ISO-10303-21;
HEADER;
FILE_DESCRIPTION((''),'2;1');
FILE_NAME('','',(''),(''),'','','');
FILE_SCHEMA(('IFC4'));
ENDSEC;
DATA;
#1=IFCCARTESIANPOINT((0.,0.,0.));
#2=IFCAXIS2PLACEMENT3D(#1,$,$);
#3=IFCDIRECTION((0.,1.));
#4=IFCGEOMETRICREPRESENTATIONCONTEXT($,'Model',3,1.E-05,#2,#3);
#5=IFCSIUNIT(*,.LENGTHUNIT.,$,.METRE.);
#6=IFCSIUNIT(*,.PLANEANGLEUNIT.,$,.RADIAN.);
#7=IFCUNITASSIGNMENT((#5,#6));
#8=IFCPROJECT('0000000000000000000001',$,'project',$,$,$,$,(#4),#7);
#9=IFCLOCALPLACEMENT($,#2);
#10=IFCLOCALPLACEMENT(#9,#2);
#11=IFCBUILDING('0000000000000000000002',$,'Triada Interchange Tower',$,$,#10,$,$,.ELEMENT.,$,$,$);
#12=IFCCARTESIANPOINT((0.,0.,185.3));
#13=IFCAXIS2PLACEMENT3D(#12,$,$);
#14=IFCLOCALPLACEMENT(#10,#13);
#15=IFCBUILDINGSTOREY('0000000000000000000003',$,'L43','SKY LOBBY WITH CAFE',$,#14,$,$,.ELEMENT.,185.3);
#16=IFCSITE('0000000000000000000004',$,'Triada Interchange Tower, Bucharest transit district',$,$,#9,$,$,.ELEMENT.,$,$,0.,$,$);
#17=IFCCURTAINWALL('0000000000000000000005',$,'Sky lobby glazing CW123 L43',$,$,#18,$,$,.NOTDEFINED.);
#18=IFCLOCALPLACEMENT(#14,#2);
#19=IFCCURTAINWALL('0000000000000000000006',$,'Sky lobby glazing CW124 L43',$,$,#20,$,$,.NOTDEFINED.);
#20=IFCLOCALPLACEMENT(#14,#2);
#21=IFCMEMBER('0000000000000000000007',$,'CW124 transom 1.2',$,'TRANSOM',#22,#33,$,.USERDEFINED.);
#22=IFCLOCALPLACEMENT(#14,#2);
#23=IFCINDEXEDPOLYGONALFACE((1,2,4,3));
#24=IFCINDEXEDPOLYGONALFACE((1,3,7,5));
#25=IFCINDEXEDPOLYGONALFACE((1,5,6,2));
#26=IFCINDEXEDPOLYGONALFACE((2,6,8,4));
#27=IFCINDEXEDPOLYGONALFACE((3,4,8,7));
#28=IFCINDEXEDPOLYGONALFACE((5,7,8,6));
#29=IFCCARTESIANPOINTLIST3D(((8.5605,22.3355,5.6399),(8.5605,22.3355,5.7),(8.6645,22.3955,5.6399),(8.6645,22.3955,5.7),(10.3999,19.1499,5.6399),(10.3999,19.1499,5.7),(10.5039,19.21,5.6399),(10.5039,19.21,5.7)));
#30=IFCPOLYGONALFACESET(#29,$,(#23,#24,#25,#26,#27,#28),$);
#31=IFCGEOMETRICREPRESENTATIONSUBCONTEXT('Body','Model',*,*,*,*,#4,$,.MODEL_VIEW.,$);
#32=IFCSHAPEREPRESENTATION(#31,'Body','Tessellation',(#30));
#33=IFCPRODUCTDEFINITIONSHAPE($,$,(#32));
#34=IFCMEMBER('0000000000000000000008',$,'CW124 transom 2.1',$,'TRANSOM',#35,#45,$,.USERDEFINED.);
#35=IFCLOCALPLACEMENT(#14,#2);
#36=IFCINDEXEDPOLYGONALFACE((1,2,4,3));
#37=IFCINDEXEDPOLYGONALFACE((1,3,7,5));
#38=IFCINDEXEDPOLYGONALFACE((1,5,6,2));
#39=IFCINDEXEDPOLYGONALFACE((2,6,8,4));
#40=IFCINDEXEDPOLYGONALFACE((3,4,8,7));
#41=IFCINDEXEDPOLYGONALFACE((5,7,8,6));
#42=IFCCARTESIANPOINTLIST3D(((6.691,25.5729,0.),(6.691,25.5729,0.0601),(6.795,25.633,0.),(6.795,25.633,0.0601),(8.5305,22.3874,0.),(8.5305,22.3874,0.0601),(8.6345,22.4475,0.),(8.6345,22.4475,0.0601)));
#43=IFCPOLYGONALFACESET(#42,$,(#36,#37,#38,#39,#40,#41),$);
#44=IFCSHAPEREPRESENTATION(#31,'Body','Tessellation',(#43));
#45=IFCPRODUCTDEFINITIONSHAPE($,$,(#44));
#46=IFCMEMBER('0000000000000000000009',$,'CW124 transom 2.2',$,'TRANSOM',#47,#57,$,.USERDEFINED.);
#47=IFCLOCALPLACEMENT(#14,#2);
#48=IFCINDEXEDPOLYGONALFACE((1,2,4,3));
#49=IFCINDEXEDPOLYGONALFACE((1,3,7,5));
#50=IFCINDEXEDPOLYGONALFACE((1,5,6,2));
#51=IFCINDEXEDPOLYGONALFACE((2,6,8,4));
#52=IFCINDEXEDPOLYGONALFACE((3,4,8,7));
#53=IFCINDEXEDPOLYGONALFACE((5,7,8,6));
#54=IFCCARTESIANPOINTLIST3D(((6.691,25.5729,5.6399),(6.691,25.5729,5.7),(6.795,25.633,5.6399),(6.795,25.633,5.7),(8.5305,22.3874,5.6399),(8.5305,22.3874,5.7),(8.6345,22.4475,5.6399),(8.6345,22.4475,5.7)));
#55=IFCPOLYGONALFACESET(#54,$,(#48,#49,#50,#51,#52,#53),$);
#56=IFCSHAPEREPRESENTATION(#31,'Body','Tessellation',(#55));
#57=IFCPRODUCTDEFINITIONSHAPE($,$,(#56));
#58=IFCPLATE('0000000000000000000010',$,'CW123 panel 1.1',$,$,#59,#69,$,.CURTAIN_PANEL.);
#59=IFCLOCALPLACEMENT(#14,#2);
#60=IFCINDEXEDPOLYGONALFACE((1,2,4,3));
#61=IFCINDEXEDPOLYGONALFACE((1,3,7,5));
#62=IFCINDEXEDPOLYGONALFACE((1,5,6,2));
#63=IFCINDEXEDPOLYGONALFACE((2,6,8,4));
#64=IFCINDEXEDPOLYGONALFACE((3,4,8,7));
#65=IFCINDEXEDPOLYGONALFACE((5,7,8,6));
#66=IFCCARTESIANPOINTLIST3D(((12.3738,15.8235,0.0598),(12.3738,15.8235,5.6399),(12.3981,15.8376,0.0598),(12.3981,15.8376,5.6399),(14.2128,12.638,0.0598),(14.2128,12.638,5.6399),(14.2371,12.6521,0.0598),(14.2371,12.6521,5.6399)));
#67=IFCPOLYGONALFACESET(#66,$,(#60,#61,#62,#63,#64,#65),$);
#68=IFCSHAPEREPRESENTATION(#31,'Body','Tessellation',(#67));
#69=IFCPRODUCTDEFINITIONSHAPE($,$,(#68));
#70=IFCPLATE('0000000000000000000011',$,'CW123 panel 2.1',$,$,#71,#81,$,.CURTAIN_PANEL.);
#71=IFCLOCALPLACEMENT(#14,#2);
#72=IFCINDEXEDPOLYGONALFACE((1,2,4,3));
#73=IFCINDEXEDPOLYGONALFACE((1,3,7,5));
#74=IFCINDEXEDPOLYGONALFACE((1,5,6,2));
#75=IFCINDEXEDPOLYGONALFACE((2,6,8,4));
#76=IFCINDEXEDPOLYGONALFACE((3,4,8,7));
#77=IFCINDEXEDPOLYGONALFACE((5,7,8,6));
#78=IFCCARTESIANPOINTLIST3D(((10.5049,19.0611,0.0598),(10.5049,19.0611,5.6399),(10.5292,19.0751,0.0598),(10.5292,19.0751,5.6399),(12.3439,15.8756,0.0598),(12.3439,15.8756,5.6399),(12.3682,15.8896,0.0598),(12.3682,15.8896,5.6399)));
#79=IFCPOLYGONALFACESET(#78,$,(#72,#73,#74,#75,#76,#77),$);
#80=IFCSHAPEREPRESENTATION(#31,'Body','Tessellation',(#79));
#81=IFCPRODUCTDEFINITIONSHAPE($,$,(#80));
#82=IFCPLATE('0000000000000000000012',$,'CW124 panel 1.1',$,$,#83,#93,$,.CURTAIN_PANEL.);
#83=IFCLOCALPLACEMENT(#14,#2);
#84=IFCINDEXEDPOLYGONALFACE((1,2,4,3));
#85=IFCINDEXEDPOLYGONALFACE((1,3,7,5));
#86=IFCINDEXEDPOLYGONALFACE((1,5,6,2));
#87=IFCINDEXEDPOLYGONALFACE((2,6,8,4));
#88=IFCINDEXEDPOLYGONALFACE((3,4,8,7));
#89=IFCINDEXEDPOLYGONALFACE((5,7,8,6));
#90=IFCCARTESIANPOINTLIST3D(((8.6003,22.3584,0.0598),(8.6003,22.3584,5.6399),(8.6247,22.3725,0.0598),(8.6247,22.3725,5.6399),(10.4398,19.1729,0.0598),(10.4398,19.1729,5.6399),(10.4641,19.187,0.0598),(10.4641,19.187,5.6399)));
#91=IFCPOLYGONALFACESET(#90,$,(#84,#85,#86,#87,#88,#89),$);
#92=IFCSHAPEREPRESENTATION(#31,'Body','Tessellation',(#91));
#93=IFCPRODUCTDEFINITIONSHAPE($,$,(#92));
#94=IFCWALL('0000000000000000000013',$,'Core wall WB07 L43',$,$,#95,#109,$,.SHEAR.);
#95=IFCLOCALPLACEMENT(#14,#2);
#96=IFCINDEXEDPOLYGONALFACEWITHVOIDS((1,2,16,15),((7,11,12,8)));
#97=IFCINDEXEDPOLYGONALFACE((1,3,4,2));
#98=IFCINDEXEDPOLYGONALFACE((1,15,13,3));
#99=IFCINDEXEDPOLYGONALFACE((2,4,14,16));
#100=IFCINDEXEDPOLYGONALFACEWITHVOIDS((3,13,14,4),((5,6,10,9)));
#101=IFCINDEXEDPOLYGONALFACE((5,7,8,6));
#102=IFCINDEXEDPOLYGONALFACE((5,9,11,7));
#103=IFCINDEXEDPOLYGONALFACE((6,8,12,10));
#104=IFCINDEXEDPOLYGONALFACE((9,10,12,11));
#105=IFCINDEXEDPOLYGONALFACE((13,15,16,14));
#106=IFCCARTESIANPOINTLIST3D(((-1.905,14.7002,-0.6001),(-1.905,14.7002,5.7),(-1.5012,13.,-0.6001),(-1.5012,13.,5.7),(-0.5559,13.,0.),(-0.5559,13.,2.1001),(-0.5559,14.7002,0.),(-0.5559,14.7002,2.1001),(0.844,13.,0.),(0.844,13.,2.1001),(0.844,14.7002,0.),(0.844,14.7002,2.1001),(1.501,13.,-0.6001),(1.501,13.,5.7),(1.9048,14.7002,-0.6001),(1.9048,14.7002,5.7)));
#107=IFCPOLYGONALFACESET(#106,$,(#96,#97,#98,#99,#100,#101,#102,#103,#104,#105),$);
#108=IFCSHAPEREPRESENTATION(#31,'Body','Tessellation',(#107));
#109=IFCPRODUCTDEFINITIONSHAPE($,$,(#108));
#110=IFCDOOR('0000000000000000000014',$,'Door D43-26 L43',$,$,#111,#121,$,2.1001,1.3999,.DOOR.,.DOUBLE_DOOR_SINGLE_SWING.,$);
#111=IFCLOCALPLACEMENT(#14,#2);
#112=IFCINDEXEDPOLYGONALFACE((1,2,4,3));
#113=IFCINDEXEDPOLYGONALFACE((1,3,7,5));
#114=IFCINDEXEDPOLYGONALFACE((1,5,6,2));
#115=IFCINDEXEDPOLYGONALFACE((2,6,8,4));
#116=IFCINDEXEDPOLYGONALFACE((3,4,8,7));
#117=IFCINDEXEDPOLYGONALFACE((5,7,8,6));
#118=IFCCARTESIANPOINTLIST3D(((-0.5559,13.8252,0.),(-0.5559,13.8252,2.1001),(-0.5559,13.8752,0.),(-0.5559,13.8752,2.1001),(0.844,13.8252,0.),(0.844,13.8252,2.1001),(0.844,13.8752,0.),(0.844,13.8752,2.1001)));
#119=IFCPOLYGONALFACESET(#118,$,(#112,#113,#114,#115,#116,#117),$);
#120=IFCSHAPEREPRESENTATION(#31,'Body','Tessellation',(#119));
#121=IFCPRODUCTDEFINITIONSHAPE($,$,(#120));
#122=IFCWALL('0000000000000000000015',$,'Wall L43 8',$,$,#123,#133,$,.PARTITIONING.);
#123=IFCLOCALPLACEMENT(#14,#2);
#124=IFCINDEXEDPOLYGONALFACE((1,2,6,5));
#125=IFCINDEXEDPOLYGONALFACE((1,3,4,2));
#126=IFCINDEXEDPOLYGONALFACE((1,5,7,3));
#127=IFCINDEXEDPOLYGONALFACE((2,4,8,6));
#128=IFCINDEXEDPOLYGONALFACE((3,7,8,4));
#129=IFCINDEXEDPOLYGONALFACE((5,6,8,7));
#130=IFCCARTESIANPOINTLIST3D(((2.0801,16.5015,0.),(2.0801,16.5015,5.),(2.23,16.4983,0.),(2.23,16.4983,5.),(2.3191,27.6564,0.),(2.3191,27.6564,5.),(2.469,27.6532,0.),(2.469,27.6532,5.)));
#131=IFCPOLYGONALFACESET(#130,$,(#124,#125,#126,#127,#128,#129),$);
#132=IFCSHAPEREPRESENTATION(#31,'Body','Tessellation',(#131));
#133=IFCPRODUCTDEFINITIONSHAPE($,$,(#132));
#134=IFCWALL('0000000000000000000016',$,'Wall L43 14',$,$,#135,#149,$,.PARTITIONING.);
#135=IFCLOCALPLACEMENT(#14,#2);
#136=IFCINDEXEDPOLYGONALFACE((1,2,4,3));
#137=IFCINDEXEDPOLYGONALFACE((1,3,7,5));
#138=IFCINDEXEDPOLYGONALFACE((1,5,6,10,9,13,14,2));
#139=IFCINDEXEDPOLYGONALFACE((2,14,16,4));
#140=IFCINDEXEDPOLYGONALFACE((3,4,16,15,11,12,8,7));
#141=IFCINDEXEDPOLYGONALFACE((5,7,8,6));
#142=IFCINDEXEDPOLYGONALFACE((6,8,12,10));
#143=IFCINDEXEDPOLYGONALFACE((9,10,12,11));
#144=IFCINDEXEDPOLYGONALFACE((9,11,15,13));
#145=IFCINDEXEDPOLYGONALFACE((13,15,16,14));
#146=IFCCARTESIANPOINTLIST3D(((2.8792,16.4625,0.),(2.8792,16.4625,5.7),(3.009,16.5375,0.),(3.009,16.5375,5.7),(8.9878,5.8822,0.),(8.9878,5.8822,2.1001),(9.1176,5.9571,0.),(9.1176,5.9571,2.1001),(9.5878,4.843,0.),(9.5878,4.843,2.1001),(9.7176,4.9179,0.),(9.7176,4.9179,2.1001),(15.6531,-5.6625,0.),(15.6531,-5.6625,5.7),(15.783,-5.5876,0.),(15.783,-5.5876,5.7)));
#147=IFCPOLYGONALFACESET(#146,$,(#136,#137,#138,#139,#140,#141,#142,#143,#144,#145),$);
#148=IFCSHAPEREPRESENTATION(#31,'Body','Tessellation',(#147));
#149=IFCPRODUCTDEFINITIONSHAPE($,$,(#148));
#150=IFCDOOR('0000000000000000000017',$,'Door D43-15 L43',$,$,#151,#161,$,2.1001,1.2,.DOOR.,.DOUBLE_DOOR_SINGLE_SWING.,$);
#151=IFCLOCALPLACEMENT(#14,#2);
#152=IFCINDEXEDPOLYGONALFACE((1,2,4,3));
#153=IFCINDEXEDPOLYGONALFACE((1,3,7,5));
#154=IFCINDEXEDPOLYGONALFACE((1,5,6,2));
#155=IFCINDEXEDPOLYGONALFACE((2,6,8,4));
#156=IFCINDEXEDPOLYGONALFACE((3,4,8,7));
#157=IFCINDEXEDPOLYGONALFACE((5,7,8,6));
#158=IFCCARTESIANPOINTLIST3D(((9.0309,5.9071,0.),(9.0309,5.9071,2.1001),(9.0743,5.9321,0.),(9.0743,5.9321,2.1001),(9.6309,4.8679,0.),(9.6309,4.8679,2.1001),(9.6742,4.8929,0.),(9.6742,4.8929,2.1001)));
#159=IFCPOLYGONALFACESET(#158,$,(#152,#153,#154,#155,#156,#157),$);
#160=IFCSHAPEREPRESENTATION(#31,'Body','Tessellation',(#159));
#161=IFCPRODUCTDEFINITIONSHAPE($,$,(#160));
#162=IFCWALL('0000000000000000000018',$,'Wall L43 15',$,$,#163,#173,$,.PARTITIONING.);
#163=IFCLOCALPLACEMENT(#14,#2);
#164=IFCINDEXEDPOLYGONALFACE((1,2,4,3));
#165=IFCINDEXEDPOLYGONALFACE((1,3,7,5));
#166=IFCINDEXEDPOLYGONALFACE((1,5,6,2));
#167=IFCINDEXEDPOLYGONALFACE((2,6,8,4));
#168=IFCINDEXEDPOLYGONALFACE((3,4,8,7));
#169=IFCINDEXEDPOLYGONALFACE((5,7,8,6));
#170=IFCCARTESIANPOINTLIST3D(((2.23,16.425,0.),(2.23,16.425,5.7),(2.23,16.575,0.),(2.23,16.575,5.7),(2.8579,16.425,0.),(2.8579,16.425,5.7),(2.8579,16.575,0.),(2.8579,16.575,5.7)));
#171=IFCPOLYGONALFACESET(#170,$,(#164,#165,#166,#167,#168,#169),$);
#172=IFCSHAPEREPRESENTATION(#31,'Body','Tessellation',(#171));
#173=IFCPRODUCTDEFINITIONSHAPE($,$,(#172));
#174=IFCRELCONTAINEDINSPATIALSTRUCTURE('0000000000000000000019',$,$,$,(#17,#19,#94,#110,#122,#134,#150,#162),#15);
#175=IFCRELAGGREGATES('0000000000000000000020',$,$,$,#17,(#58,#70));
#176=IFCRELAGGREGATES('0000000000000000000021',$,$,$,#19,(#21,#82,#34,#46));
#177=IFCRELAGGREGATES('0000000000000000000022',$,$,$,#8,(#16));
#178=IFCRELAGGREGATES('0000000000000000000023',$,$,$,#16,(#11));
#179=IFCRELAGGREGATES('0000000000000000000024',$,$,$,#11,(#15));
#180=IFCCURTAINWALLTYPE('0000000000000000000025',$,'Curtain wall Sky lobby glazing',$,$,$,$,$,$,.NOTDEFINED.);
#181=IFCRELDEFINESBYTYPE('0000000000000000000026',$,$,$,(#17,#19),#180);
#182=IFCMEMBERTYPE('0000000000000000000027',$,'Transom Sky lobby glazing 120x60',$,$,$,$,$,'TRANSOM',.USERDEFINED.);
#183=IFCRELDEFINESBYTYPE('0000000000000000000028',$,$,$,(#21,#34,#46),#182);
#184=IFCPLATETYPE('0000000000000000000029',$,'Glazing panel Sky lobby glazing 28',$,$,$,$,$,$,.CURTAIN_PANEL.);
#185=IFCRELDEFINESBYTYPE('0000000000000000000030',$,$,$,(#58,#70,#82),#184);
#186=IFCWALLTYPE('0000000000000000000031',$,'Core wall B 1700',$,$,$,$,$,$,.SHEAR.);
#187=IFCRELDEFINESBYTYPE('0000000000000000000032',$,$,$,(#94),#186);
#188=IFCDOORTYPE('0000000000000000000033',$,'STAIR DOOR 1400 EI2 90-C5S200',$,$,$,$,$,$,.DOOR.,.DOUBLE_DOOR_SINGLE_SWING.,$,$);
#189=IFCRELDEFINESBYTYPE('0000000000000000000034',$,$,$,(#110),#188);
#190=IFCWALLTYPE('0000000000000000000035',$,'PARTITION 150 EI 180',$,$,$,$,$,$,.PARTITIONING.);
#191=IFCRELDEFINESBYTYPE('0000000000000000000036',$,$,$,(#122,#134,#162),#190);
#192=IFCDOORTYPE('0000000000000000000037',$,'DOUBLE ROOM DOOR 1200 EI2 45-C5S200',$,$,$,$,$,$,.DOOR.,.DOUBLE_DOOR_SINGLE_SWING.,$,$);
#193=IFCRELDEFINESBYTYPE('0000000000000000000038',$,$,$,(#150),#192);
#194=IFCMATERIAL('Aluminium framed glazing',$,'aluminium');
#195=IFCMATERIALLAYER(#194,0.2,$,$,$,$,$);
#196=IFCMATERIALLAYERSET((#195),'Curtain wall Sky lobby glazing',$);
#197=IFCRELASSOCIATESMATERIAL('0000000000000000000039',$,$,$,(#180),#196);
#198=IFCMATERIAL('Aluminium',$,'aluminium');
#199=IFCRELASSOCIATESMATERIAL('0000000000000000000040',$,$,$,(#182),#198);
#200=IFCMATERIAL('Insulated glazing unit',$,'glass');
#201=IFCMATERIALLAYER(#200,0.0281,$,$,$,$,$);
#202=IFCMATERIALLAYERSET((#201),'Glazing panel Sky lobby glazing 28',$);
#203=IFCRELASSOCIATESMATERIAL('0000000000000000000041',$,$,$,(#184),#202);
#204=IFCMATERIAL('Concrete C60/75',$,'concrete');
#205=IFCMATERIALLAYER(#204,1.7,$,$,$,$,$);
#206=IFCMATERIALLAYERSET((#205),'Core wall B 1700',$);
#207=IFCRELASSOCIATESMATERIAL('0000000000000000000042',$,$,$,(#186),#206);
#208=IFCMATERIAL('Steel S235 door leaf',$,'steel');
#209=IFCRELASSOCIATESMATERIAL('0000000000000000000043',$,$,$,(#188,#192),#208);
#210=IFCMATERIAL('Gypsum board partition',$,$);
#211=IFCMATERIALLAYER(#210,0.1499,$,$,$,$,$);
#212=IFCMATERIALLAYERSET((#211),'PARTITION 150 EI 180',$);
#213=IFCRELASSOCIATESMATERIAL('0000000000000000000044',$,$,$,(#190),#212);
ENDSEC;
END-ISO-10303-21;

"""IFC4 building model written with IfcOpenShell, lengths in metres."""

from ifc_helpers import new_model, si_unit, direction, frame, frame_2d, origin, origin_2d, place, context, subcontext, project, spatial, polyline, rectangle, outline, extrude, material, layer, layer_set, material_profile, profile_set, type_object, element, fill, aggregate, save


model = new_model("IFC4")

# Units and contexts
model_context = context("Model", 3, precision=1e-05, world=origin(), true_north=direction((0.0, 1.0)))
body_context = subcontext(model_context, "Body", "Model", "MODEL_VIEW")
ifc_project = project(units=[si_unit("LENGTHUNIT", "METRE"), si_unit("PLANEANGLEUNIT", "RADIAN")], contexts=[model_context])

# Site, building, storey
site_placement = place(None, origin())
site = spatial("IfcSite", under=ifc_project, at=site_placement, Name="Triada Interchange Tower, Bucharest transit district", CompositionType="ELEMENT", RefElevation=0.0)
building_placement = place(site_placement, origin())
building = spatial("IfcBuilding", under=site, at=building_placement, Name="Triada Interchange Tower", CompositionType="ELEMENT")
storey_placement = place(building_placement, frame((0.0, 0.0, 185.3)))
storey = spatial("IfcBuildingStorey", under=building, at=storey_placement, Name="L43", Description="SKY LOBBY WITH CAFE", CompositionType="ELEMENT", Elevation=185.3)

# Shared definitions
ifc_material_1 = material(Name="Concrete C60/75", Category="concrete")

# Shared definitions
ifc_material_2 = material(Name="Aluminium framed glazing", Category="aluminium")
ifc_layer_1 = layer(ifc_material_2, 0.2)
ifc_layer_set_1 = layer_set([ifc_layer_1], Name="Curtain wall Sky lobby glazing")
curtain_wall_type = type_object("IfcCurtainWallType", Name="Curtain wall Sky lobby glazing", PredefinedType="NOTDEFINED", material=ifc_layer_set_1)
ifc_material_3 = material(Name="Aluminium", Category="aluminium")

# Curtain walls
curtain_wall_1_placement = place(storey_placement, origin())
curtain_wall_1 = element("IfcCurtainWall", 1, at=curtain_wall_1_placement, inside=storey, type_object=curtain_wall_type, Name="Sky lobby glazing CW123 L43", PredefinedType="NOTDEFINED")
curtain_wall_2_placement = place(storey_placement, origin())
curtain_wall_2 = element("IfcCurtainWall", 2, at=curtain_wall_2_placement, inside=storey, type_object=curtain_wall_type, Name="Sky lobby glazing CW124 L43", PredefinedType="NOTDEFINED")

# Members
ifc_material_profile_1 = material_profile(ifc_material_3, rectangle(XDim=0.1201, YDim=0.0601, at=origin_2d()), Name="Aluminium transom")
ifc_profile_set_1 = profile_set([ifc_material_profile_1], Name="Aluminium")
member_type_1 = type_object("IfcMemberType", Name="Transom Sky lobby glazing 120x60", ElementType="TRANSOM", PredefinedType="USERDEFINED", material=ifc_profile_set_1)
member_1_placement = place(storey_placement, frame((10.4519, 19.1799, 5.6699), z_axis=(-0.500037, 0.866004, 0.0), x_axis=(-0.866004, -0.500037, 0.0)))
member_1 = element("IfcMember", 3, at=member_1_placement, type_object=member_type_1, Name="CW124 transom 1.2", ObjectType="TRANSOM", PredefinedType="USERDEFINED", context=body_context, shape_type="SweptSolid", body=[
    extrude(rectangle(XDim=0.1201, YDim=0.0601, at=origin_2d()), origin(), (0.0, 0.0, 1.0), 3.6785),
])
member_2_placement = place(storey_placement, frame((8.5825, 22.4175, 0.03), z_axis=(-0.500086, 0.865976, 0.0), x_axis=(-0.865976, -0.500086, 0.0)))
member_2 = element("IfcMember", 4, at=member_2_placement, type_object=member_type_1, Name="CW124 transom 2.1", ObjectType="TRANSOM", PredefinedType="USERDEFINED", context=body_context, shape_type="SweptSolid", body=[
    extrude(rectangle(XDim=0.1201, YDim=0.0601, at=origin_2d()), origin(), (0.0, 0.0, 1.0), 3.6785),
])
member_3_placement = place(storey_placement, frame((8.5825, 22.4175, 5.6699), z_axis=(-0.500086, 0.865976, 0.0), x_axis=(-0.865976, -0.500086, 0.0)))
member_3 = element("IfcMember", 5, at=member_3_placement, type_object=member_type_1, Name="CW124 transom 2.2", ObjectType="TRANSOM", PredefinedType="USERDEFINED", context=body_context, shape_type="SweptSolid", body=[
    extrude(rectangle(XDim=0.1201, YDim=0.0601, at=origin_2d()), origin(), (0.0, 0.0, 1.0), 3.6785),
])

# Plates
ifc_material_4 = material(Name="Insulated glazing unit", Category="glass")
ifc_layer_2 = layer(ifc_material_4, 0.0281)
ifc_layer_set_2 = layer_set([ifc_layer_2], Name="Glazing panel Sky lobby glazing 28")
plate_type = type_object("IfcPlateType", Name="Glazing panel Sky lobby glazing 28", PredefinedType="CURTAIN_PANEL", material=ifc_layer_set_2)
plate_1_placement = place(storey_placement, frame((13.3054, 14.2378, 0.0598), z_axis=(0.0, 0.0, 1.0), x_axis=(-0.499964, 0.866046, 0.0)))
plate_1 = element("IfcPlate", 6, at=plate_1_placement, type_object=plate_type, Name="CW123 panel 1.1", PredefinedType="CURTAIN_PANEL", context=body_context, shape_type="SweptSolid", body=[
    extrude(rectangle(XDim=3.6782, YDim=0.0281, at=origin_2d()), origin(), (0.0, 0.0, 1.0), 5.5801),
])
plate_2_placement = place(storey_placement, frame((11.4365, 17.4753, 0.0598), z_axis=(0.0, 0.0, 1.0), x_axis=(-0.499964, 0.866046, 0.0)))
plate_2 = element("IfcPlate", 7, at=plate_2_placement, type_object=plate_type, Name="CW123 panel 2.1", PredefinedType="CURTAIN_PANEL", context=body_context, shape_type="SweptSolid", body=[
    extrude(rectangle(XDim=3.6782, YDim=0.0281, at=origin_2d()), origin(), (0.0, 0.0, 1.0), 5.5801),
])
aggregate(curtain_wall_1, [plate_1, plate_2])
plate_3_placement = place(storey_placement, frame((9.5322, 20.7727, 0.0598), z_axis=(0.0, 0.0, 1.0), x_axis=(-0.500063, 0.865989, 0.0)))
plate_3 = element("IfcPlate", 8, at=plate_3_placement, type_object=plate_type, Name="CW124 panel 1.1", PredefinedType="CURTAIN_PANEL", context=body_context, shape_type="SweptSolid", body=[
    extrude(rectangle(XDim=3.6785, YDim=0.0281, at=origin_2d()), origin(), (0.0, 0.0, 1.0), 5.5801),
])
aggregate(curtain_wall_2, [member_1, plate_3, member_2, member_3])

# Wall, opening, door
ifc_layer_3 = layer(ifc_material_1, 1.7)
ifc_layer_set_3 = layer_set([ifc_layer_3], Name="Core wall B 1700")
wall_type_1 = type_object("IfcWallType", Name="Core wall B 1700", PredefinedType="SHEAR", material=ifc_layer_set_3)
wall_1_placement = place(storey_placement, frame((1.7029, 13.8501, -0.6001), z_axis=(0.0, 0.0, 1.0), x_axis=(-1.0, 0.0, 0.0)))
wall_1 = element("IfcWall", 9, at=wall_1_placement, inside=storey, type_object=wall_type_1, Name="Core wall WB07 L43", PredefinedType="SHEAR", context=body_context, shape_type="SweptSolid", body=[
    extrude(outline(polyline([(-0.2019, -0.8501), (1.7031, -0.8501), (3.6079, -0.8501), (3.2041, 0.8501), (1.7031, 0.8501), (0.2019, 0.8501), (-0.2019, -0.8501)])), origin(), (0.0, 0.0, 1.0), 6.3),
])
opening_1_placement = place(wall_1_placement, frame((0.8589, 0.0, 0.6001)))
opening_1 = element("IfcOpeningElement", 10, at=opening_1_placement, cuts=wall_1, PredefinedType="OPENING", context=body_context, shape_type="SweptSolid", body=[
    extrude(rectangle(XDim=1.3999, YDim=2.1001, at=frame_2d((0.7, 1.05))), frame((0.0, 0.8601, 0.0), z_axis=(0.0, -1.0, 0.0), x_axis=(1.0, 0.0, 0.0)), (0.0, 0.0, 1.0), 1.7202),
])
ifc_material_5 = material(Name="Steel S235 door leaf", Category="steel")
door_type_1 = type_object("IfcDoorType", Name="STAIR DOOR 1400 EI2 90-C5S200", OperationType="DOUBLE_DOOR_SINGLE_SWING", PredefinedType="DOOR", material=ifc_material_5)
door_1_placement = place(opening_1_placement, origin())
door_1 = element("IfcDoor", 11, at=door_1_placement, inside=storey, type_object=door_type_1, Name="Door D43-26 L43", OperationType="DOUBLE_DOOR_SINGLE_SWING", OverallHeight=2.1001, OverallWidth=1.3999, PredefinedType="DOOR", context=body_context, shape_type="SweptSolid", body=[
    extrude(rectangle(XDim=1.3999, YDim=2.1001, at=frame_2d((0.7, 1.05))), frame((0.0, 0.0249, 0.0), z_axis=(0.0, -1.0, 0.0), x_axis=(1.0, 0.0, 0.0)), (0.0, 0.0, 1.0), 0.05),
])
fill(opening_1, door_1)

# Wall
ifc_material_6 = material(Name="Gypsum board partition")
ifc_layer_4 = layer(ifc_material_6, 0.1499)
ifc_layer_set_4 = layer_set([ifc_layer_4], Name="PARTITION 150 EI 180")
wall_type_2 = type_object("IfcWallType", Name="PARTITION 150 EI 180", PredefinedType="PARTITIONING", material=ifc_layer_set_4)
wall_2_placement = place(storey_placement, frame((2.155, 16.5, 0.0), z_axis=(0.0, 0.0, 1.0), x_axis=(0.021422, 0.999771, 0.0)))
element("IfcWall", 12, at=wall_2_placement, inside=storey, type_object=wall_type_2, Name="Wall L43 8", PredefinedType="PARTITIONING", context=body_context, shape_type="SweptSolid", body=[
    extrude(rectangle(XDim=11.1575, YDim=0.1499, at=frame_2d((5.5786, 0.0))), origin(), (0.0, 0.0, 1.0), 5.0),
])

# Wall, opening, door
wall_3_placement = place(storey_placement, frame((2.9441, 16.5, 0.0), z_axis=(0.0, 0.0, 1.0), x_axis=(0.500001, -0.866025, 0.0)))
wall_3 = element("IfcWall", 13, at=wall_3_placement, inside=storey, type_object=wall_type_2, Name="Wall L43 14", PredefinedType="PARTITIONING", context=body_context, shape_type="SweptSolid", body=[
    extrude(rectangle(XDim=25.5479, YDim=0.1499, at=frame_2d((12.7739, 0.0))), origin(), (0.0, 0.0, 1.0), 5.7),
])
opening_2_placement = place(wall_3_placement, frame((12.217, 0.0, 0.0)))
opening_2 = element("IfcOpeningElement", 14, at=opening_2_placement, cuts=wall_3, PredefinedType="OPENING", context=body_context, shape_type="SweptSolid", body=[
    extrude(rectangle(XDim=1.2, YDim=2.1001, at=frame_2d((0.6001, 1.05))), frame((0.0, 0.085, 0.0), z_axis=(0.0, -1.0, 0.0), x_axis=(1.0, 0.0, 0.0)), (0.0, 0.0, 1.0), 0.1699),
])
door_type_2 = type_object("IfcDoorType", Name="DOUBLE ROOM DOOR 1200 EI2 45-C5S200", OperationType="DOUBLE_DOOR_SINGLE_SWING", PredefinedType="DOOR", material=ifc_material_5)
door_2_placement = place(opening_2_placement, origin())
door_2 = element("IfcDoor", 15, at=door_2_placement, inside=storey, type_object=door_type_2, Name="Door D43-15 L43", OperationType="DOUBLE_DOOR_SINGLE_SWING", OverallHeight=2.1001, OverallWidth=1.2, PredefinedType="DOOR", context=body_context, shape_type="SweptSolid", body=[
    extrude(rectangle(XDim=1.2, YDim=2.1001, at=frame_2d((0.6001, 1.05))), frame((0.0, 0.0249, 0.0), z_axis=(0.0, -1.0, 0.0), x_axis=(1.0, 0.0, 0.0)), (0.0, 0.0, 1.0), 0.05),
])
fill(opening_2, door_2)

# Wall
wall_4_placement = place(storey_placement, frame((2.23, 16.5, 0.0), z_axis=(0.0, 0.0, 1.0), x_axis=(1.0, 0.0, 0.0)))
element("IfcWall", 16, at=wall_4_placement, inside=storey, type_object=wall_type_2, Name="Wall L43 15", PredefinedType="PARTITIONING", context=body_context, shape_type="SweptSolid", body=[
    extrude(rectangle(XDim=0.6279, YDim=0.1499, at=frame_2d((0.314, 0.0))), origin(), (0.0, 0.0, 1.0), 5.7),
])

save(model, "model.ifc")
